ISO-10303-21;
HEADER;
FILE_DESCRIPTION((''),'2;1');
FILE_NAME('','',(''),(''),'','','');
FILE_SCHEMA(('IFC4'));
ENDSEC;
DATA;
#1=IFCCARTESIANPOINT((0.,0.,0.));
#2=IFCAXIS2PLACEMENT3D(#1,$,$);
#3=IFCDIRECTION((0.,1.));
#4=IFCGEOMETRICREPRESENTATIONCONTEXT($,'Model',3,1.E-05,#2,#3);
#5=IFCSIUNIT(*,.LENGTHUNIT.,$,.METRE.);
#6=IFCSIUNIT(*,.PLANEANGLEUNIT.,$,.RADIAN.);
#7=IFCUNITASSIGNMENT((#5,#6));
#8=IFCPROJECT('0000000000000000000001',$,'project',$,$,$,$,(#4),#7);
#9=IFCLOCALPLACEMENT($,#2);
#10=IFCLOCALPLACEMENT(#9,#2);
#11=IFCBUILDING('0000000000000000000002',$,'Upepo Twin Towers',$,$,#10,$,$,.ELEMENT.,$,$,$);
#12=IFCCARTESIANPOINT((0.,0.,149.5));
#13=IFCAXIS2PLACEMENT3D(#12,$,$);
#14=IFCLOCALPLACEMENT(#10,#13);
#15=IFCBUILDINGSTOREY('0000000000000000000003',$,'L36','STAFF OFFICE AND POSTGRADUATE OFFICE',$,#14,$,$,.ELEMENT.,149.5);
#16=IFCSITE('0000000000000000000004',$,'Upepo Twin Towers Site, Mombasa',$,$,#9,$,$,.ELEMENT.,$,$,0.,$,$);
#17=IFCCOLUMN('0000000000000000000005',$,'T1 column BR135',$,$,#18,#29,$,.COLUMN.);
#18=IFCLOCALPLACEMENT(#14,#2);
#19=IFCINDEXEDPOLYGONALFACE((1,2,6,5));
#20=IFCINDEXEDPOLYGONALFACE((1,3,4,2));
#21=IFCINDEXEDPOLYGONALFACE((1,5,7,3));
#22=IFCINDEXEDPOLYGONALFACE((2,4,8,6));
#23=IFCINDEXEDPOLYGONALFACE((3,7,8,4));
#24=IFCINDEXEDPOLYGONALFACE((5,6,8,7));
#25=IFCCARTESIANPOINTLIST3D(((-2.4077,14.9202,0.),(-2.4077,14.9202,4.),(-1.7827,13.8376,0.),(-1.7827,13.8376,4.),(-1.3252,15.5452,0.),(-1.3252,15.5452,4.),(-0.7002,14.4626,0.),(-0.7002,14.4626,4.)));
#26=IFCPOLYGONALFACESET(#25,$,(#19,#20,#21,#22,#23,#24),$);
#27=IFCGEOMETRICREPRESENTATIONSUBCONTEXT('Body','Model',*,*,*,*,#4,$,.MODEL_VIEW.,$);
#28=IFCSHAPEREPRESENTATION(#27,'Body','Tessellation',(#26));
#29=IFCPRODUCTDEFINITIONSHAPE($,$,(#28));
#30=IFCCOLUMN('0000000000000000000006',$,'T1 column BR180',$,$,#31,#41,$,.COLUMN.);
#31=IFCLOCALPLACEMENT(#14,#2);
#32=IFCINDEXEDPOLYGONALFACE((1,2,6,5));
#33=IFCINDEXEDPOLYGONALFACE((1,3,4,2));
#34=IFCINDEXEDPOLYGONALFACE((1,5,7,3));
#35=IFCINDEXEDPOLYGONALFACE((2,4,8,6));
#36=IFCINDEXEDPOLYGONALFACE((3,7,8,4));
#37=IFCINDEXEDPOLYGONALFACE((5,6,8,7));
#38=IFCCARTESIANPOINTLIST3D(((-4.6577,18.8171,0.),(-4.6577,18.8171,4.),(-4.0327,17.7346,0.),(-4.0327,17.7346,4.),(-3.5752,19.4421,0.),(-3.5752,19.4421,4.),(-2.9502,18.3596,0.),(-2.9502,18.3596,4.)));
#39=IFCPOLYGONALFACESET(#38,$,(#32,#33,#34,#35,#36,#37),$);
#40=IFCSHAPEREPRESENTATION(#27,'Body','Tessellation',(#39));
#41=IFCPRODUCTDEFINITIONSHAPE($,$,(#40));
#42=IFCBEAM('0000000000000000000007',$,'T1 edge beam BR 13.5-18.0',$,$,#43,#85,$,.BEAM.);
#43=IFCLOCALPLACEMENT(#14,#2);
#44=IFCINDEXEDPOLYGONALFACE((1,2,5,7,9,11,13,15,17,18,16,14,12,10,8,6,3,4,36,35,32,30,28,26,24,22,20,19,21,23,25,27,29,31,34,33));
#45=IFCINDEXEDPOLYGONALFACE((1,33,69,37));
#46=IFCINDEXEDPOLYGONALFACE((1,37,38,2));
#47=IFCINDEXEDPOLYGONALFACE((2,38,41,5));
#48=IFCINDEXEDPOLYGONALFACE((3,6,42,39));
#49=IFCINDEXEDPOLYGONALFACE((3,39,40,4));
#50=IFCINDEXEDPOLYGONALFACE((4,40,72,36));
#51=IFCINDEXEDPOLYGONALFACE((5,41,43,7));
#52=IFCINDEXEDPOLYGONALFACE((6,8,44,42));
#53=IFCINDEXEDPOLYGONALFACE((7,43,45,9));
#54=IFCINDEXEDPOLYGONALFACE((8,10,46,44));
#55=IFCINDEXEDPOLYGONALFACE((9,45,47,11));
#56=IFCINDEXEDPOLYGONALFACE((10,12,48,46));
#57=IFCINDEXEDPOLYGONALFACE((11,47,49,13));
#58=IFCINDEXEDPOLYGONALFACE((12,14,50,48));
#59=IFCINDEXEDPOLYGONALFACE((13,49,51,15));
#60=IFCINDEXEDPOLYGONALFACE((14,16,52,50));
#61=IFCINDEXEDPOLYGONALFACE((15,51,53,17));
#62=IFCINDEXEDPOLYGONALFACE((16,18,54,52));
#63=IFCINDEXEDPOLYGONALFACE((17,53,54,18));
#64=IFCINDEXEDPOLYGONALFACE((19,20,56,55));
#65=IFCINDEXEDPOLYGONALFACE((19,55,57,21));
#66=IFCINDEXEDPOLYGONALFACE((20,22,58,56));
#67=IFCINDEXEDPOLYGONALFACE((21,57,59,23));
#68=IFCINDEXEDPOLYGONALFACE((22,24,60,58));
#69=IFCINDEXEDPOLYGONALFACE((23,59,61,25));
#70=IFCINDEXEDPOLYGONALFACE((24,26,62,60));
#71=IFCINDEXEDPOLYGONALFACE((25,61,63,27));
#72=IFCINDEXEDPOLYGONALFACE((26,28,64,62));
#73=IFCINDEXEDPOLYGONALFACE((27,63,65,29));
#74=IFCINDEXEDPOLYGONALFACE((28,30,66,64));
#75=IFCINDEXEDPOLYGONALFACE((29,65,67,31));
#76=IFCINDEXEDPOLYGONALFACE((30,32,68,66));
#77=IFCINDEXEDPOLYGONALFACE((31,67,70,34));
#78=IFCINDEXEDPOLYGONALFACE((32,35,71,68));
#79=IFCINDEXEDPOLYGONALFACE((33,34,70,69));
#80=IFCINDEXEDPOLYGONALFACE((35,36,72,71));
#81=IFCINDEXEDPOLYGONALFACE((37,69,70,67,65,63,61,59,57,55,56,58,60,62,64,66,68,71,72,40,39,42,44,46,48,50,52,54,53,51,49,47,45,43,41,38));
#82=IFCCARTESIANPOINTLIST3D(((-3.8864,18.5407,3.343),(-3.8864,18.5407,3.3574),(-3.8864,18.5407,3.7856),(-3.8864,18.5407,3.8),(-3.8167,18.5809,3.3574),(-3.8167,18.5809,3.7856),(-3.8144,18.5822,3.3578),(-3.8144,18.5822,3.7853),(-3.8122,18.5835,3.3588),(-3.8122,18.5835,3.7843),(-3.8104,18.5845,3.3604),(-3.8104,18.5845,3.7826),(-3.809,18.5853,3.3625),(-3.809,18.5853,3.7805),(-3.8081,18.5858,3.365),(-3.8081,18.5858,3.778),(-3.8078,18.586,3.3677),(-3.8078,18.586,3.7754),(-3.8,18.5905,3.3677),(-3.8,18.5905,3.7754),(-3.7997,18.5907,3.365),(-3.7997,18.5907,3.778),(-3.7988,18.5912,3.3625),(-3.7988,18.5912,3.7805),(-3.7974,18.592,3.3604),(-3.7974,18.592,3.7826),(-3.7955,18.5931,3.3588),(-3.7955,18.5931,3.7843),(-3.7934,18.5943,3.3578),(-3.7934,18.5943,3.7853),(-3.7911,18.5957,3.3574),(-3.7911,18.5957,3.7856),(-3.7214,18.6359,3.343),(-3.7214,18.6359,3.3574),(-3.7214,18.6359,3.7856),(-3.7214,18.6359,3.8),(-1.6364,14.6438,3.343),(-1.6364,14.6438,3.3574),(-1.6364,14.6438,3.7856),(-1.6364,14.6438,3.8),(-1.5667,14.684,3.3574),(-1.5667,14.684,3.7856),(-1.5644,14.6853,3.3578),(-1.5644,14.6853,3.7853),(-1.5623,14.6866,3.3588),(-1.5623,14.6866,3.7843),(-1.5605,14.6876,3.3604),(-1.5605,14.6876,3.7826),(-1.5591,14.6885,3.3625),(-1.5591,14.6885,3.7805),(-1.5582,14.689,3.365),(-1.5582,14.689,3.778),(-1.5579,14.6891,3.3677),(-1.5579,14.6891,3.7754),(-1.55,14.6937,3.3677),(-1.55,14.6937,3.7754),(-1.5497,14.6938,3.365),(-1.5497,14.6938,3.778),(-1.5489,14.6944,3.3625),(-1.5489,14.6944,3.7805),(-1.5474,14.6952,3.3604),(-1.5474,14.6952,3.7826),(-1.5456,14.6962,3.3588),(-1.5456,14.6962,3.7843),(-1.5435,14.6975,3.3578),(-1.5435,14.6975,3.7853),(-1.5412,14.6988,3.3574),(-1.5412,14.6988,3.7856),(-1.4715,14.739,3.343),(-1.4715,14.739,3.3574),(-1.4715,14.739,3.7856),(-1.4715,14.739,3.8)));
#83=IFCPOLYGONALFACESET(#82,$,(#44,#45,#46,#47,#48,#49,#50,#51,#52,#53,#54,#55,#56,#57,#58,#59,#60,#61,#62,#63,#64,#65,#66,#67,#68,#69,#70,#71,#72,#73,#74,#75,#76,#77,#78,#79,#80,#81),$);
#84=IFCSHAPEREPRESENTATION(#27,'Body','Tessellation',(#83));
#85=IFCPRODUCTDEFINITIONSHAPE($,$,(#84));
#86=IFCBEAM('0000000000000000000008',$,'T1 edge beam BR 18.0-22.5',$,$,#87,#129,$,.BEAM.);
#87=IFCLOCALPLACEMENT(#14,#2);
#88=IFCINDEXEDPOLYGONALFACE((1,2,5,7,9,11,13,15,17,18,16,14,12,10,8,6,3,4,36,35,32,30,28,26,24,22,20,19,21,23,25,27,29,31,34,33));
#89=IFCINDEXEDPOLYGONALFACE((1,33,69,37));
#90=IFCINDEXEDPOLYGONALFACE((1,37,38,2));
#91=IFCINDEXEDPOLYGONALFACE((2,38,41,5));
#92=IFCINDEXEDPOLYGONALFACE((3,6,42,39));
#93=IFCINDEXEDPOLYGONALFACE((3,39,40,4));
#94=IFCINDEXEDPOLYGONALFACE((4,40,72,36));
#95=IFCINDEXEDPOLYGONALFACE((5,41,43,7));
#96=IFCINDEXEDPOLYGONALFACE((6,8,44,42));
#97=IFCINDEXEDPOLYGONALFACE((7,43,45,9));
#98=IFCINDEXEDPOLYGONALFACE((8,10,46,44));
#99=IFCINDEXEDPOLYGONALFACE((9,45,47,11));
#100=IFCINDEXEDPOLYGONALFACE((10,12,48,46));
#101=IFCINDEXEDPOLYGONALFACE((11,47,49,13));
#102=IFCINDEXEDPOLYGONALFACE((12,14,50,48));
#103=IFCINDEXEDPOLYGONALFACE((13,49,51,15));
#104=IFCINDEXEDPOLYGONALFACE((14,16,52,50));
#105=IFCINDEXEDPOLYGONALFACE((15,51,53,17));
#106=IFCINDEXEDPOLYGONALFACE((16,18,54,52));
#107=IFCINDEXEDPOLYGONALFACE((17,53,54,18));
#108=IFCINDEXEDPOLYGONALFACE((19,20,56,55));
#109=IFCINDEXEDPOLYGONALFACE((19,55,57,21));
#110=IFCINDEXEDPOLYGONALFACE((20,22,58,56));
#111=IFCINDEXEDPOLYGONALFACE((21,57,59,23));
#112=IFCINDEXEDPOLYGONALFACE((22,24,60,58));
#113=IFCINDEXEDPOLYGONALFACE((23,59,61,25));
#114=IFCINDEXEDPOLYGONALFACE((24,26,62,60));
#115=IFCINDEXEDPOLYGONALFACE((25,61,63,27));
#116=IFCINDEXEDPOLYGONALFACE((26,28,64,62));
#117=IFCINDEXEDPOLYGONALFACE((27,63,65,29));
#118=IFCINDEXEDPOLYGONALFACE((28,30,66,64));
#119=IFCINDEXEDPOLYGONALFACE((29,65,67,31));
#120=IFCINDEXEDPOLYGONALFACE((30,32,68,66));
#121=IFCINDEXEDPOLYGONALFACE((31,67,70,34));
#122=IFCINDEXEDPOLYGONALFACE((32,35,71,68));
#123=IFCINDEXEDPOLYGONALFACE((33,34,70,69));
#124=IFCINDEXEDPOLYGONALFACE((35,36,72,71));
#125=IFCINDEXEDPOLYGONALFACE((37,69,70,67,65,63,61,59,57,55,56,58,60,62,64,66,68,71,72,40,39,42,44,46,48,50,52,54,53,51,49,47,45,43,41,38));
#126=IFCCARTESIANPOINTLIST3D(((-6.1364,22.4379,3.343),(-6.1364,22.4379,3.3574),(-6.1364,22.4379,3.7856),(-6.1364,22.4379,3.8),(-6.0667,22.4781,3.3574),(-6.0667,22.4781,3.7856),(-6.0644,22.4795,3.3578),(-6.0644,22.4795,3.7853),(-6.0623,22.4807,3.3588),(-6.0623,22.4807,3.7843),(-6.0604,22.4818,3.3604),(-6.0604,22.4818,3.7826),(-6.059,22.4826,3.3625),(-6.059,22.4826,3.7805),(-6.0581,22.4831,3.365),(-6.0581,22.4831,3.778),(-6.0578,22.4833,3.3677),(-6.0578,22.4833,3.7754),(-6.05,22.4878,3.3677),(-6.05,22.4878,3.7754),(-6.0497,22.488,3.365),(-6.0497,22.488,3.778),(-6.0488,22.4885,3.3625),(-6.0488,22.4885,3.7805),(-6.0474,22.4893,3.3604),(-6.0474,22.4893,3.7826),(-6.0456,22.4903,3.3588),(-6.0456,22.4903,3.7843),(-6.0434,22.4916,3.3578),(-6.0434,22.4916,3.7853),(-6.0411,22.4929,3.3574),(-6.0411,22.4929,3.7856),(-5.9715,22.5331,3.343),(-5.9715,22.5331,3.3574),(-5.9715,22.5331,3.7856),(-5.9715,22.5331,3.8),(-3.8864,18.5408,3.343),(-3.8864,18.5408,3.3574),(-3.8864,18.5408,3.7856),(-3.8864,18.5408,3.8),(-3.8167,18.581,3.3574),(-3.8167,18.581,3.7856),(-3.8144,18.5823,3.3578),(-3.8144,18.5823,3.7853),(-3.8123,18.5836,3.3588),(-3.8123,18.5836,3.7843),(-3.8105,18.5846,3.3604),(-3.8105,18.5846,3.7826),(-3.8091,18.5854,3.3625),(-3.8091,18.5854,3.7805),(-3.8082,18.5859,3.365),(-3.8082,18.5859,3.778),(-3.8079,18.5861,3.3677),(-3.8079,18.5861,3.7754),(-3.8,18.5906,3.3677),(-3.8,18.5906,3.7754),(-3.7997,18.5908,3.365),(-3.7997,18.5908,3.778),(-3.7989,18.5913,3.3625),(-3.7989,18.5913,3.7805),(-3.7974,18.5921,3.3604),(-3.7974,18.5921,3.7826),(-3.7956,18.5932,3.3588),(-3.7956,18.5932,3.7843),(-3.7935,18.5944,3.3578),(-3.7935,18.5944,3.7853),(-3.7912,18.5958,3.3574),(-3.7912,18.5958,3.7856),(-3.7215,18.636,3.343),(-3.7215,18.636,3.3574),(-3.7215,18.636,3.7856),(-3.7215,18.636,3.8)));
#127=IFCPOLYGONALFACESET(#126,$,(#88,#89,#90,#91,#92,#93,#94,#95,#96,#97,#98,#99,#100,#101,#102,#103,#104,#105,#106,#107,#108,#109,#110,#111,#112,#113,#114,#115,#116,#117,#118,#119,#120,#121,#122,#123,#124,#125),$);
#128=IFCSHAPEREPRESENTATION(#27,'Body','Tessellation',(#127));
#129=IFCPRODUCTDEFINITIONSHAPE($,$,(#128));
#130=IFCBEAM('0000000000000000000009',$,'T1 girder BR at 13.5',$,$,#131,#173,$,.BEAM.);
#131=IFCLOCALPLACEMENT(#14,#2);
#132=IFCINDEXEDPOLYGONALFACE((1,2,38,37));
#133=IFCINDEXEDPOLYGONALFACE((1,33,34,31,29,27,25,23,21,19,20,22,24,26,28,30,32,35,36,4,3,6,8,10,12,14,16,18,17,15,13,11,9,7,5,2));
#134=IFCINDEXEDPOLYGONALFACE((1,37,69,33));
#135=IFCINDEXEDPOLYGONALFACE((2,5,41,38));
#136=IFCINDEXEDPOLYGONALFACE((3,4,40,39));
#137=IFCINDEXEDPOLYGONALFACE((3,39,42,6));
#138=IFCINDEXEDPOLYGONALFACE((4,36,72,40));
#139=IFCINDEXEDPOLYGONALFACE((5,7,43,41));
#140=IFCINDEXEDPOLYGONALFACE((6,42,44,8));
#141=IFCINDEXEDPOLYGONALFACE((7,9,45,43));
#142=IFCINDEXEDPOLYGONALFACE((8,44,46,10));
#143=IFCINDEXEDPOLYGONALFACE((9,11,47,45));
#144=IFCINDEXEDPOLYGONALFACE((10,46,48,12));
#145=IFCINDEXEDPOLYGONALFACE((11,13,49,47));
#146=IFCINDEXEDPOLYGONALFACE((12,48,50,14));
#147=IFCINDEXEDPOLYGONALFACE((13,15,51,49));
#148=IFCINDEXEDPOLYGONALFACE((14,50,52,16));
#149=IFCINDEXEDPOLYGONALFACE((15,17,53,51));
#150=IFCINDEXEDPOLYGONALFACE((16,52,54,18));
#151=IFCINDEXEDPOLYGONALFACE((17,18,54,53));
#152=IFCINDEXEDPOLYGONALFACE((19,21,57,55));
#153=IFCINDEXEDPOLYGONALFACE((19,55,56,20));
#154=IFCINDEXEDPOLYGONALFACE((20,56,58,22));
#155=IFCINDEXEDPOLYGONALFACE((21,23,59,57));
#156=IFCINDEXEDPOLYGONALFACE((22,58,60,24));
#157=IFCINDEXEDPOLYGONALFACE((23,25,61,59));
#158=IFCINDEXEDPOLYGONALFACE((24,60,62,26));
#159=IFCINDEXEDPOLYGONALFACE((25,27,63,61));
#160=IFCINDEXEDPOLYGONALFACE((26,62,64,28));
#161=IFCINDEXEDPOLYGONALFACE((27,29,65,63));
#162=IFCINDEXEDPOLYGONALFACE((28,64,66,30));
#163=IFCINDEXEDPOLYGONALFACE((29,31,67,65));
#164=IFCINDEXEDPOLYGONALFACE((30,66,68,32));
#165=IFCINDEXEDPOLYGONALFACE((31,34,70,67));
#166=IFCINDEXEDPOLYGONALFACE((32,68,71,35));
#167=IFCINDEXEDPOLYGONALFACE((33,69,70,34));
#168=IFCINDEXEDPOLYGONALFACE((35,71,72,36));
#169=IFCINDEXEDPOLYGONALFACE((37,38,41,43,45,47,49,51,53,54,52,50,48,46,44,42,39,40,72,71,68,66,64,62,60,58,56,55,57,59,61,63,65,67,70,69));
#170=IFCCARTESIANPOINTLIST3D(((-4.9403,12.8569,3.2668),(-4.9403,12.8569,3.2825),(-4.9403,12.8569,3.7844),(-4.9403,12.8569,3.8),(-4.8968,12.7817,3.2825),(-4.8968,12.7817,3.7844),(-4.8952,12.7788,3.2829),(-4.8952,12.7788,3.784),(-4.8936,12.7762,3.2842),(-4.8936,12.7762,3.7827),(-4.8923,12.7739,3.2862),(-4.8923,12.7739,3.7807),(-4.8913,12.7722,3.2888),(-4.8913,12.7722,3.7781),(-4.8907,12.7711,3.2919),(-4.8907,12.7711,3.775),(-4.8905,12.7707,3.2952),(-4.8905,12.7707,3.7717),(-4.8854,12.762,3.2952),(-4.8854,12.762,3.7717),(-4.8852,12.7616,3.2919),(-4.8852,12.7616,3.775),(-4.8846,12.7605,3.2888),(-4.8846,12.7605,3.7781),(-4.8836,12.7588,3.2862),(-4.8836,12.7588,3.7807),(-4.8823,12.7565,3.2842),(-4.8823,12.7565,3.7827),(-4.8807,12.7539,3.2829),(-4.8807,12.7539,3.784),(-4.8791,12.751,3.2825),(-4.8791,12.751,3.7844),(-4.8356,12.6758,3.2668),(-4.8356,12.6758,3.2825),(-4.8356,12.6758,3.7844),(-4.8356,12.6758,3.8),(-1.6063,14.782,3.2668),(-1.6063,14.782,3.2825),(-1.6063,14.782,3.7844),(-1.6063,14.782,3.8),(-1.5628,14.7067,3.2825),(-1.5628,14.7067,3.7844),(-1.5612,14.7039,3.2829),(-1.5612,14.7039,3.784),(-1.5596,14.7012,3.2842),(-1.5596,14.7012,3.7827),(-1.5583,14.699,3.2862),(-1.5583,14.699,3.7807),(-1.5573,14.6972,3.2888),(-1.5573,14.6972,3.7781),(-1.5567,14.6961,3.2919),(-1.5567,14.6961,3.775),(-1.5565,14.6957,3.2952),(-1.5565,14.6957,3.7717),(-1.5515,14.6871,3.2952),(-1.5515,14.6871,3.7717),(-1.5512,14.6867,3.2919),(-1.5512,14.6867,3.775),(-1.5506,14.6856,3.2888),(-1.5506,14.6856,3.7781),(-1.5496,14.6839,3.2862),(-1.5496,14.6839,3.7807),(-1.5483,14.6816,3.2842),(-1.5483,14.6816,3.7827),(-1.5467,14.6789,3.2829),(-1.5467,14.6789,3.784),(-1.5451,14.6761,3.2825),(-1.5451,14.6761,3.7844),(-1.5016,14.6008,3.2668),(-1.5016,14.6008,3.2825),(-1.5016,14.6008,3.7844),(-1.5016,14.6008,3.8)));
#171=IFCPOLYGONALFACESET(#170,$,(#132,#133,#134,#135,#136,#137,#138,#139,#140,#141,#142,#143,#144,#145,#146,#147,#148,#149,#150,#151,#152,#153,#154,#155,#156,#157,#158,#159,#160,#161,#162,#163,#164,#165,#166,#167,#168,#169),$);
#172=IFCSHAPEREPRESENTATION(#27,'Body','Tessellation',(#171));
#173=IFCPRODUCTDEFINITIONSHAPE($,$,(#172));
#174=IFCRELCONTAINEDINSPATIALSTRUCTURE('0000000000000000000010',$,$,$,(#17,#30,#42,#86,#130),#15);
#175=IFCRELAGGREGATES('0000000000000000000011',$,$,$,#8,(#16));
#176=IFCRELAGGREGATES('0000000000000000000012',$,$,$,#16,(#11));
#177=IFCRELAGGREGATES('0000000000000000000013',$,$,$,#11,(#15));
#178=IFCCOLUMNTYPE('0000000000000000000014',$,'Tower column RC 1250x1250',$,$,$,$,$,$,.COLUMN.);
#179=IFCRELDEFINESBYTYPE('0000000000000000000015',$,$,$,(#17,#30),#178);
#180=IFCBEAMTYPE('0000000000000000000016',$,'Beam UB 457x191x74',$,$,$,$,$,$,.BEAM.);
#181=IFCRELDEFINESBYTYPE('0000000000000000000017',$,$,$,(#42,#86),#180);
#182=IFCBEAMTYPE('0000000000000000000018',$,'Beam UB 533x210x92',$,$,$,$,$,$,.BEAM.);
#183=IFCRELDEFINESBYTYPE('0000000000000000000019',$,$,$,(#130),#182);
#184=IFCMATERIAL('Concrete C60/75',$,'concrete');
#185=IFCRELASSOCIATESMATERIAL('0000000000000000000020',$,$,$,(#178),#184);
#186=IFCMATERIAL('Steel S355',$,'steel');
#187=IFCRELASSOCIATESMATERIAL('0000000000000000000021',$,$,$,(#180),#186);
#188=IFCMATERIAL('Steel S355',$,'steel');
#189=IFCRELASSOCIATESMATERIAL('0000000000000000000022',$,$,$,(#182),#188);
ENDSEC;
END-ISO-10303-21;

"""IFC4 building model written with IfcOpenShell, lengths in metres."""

from ifc_helpers import new_model, si_unit, direction, frame, origin, origin_2d, place, context, subcontext, project, spatial, rectangle, i_section, extrude, material, material_profile, profile_set, type_object, element, save


model = new_model("IFC4")

# Units and contexts
model_context = context("Model", 3, precision=1e-05, world=origin(), true_north=direction((0.0, 1.0)))
body_context = subcontext(model_context, "Body", "Model", "MODEL_VIEW")
ifc_project = project(units=[si_unit("LENGTHUNIT", "METRE"), si_unit("PLANEANGLEUNIT", "RADIAN")], contexts=[model_context])

# Site, building, storey
site_placement = place(None, origin())
site = spatial("IfcSite", under=ifc_project, at=site_placement, Name="Upepo Twin Towers Site, Mombasa", CompositionType="ELEMENT", RefElevation=0.0)
building_placement = place(site_placement, origin())
building = spatial("IfcBuilding", under=site, at=building_placement, Name="Upepo Twin Towers", CompositionType="ELEMENT")
storey_placement = place(building_placement, frame((0.0, 0.0, 149.5)))
storey = spatial("IfcBuildingStorey", under=building, at=storey_placement, Name="L36", Description="STAFF OFFICE AND POSTGRADUATE OFFICE", CompositionType="ELEMENT", Elevation=149.5)

# Columns
ifc_material_1 = material(Name="Concrete C60/75", Category="concrete")
ifc_material_profile_1 = material_profile(ifc_material_1, rectangle(XDim=1.25, YDim=1.25, at=origin_2d()), Name="RC 1250x1250")
ifc_profile_set_1 = profile_set([ifc_material_profile_1], Name="Concrete C60/75")
column_type = type_object("IfcColumnType", Name="Tower column RC 1250x1250", PredefinedType="COLUMN", material=ifc_profile_set_1)
for number, where, z_axis, x_axis, name in (
    (1, (-1.554, 14.6914, 0.0), (0.0, 0.0, 1.0), (0.866025, 0.5, 0.0), "T1 column BR135"),
    (2, (-3.804, 18.5884, 0.0), (0.0, 0.0, 1.0), (0.866025, 0.5, 0.0), "T1 column BR180"),
):
    element("IfcColumn", number, at=place(storey_placement, frame(where, z_axis=z_axis, x_axis=x_axis)), inside=storey, type_object=column_type, Name=name, PredefinedType="COLUMN", context=body_context, shape_type="SweptSolid", body=[
        extrude(rectangle(XDim=1.25, YDim=1.25, at=origin_2d()), origin(), (0.0, 0.0, 1.0), 4.0),
    ])

# Beams
ifc_material_2 = material(Name="Steel S355", Category="steel")
ifc_material_profile_2 = material_profile(ifc_material_2, i_section(OverallWidth=0.1904, OverallDepth=0.457, WebThickness=0.009, FlangeThickness=0.0144, FilletRadius=0.0103, at=origin_2d()), Name="UB 457x191x74")
ifc_profile_set_2 = profile_set([ifc_material_profile_2], Name="Steel S355")
beam_type_1 = type_object("IfcBeamType", Name="Beam UB 457x191x74", PredefinedType="BEAM", material=ifc_profile_set_2)
beam_1_placement = place(storey_placement, frame((-1.554, 14.6914, 3.5715), z_axis=(-0.500014, 0.866018, 0.0), x_axis=(-0.866018, -0.500014, 0.0)))
element("IfcBeam", 3, at=beam_1_placement, inside=storey, type_object=beam_type_1, Name="T1 edge beam BR 13.5-18.0", PredefinedType="BEAM", context=body_context, shape_type="SweptSolid", body=[
    extrude(i_section(OverallWidth=0.1904, OverallDepth=0.457, WebThickness=0.009, FlangeThickness=0.0144, FilletRadius=0.0103, at=origin_2d()), origin(), (0.0, 0.0, 1.0), 4.4998),
])
beam_2_placement = place(storey_placement, frame((-3.804, 18.5884, 3.5715), z_axis=(-0.49999, 0.866031, 0.0), x_axis=(-0.866031, -0.49999, 0.0)))
element("IfcBeam", 4, at=beam_2_placement, inside=storey, type_object=beam_type_1, Name="T1 edge beam BR 18.0-22.5", PredefinedType="BEAM", context=body_context, shape_type="SweptSolid", body=[
    extrude(i_section(OverallWidth=0.1904, OverallDepth=0.457, WebThickness=0.009, FlangeThickness=0.0144, FilletRadius=0.0103, at=origin_2d()), origin(), (0.0, 0.0, 1.0), 4.5),
])
ifc_material_3 = material(Name="Steel S355", Category="steel")
ifc_material_profile_3 = material_profile(ifc_material_3, i_section(OverallWidth=0.2092, OverallDepth=0.5332, WebThickness=0.01, FlangeThickness=0.0156, FilletRadius=0.0127, at=origin_2d()), Name="UB 533x210x92")
ifc_profile_set_3 = profile_set([ifc_material_profile_3], Name="Steel S355")
beam_type_2 = type_object("IfcBeamType", Name="Beam UB 533x210x92", PredefinedType="BEAM", material=ifc_profile_set_3)
beam_3_placement = place(storey_placement, frame((-1.554, 14.6914, 3.5334), z_axis=(-0.866006, -0.500034, 0.0), x_axis=(0.500034, -0.866006, 0.0)))
element("IfcBeam", 5, at=beam_3_placement, inside=storey, type_object=beam_type_2, Name="T1 girder BR at 13.5", PredefinedType="BEAM", context=body_context, shape_type="SweptSolid", body=[
    extrude(i_section(OverallWidth=0.2092, OverallDepth=0.5332, WebThickness=0.01, FlangeThickness=0.0156, FilletRadius=0.0127, at=origin_2d()), origin(), (0.0, 0.0, 1.0), 3.8499),
])

save(model, "model.ifc")
